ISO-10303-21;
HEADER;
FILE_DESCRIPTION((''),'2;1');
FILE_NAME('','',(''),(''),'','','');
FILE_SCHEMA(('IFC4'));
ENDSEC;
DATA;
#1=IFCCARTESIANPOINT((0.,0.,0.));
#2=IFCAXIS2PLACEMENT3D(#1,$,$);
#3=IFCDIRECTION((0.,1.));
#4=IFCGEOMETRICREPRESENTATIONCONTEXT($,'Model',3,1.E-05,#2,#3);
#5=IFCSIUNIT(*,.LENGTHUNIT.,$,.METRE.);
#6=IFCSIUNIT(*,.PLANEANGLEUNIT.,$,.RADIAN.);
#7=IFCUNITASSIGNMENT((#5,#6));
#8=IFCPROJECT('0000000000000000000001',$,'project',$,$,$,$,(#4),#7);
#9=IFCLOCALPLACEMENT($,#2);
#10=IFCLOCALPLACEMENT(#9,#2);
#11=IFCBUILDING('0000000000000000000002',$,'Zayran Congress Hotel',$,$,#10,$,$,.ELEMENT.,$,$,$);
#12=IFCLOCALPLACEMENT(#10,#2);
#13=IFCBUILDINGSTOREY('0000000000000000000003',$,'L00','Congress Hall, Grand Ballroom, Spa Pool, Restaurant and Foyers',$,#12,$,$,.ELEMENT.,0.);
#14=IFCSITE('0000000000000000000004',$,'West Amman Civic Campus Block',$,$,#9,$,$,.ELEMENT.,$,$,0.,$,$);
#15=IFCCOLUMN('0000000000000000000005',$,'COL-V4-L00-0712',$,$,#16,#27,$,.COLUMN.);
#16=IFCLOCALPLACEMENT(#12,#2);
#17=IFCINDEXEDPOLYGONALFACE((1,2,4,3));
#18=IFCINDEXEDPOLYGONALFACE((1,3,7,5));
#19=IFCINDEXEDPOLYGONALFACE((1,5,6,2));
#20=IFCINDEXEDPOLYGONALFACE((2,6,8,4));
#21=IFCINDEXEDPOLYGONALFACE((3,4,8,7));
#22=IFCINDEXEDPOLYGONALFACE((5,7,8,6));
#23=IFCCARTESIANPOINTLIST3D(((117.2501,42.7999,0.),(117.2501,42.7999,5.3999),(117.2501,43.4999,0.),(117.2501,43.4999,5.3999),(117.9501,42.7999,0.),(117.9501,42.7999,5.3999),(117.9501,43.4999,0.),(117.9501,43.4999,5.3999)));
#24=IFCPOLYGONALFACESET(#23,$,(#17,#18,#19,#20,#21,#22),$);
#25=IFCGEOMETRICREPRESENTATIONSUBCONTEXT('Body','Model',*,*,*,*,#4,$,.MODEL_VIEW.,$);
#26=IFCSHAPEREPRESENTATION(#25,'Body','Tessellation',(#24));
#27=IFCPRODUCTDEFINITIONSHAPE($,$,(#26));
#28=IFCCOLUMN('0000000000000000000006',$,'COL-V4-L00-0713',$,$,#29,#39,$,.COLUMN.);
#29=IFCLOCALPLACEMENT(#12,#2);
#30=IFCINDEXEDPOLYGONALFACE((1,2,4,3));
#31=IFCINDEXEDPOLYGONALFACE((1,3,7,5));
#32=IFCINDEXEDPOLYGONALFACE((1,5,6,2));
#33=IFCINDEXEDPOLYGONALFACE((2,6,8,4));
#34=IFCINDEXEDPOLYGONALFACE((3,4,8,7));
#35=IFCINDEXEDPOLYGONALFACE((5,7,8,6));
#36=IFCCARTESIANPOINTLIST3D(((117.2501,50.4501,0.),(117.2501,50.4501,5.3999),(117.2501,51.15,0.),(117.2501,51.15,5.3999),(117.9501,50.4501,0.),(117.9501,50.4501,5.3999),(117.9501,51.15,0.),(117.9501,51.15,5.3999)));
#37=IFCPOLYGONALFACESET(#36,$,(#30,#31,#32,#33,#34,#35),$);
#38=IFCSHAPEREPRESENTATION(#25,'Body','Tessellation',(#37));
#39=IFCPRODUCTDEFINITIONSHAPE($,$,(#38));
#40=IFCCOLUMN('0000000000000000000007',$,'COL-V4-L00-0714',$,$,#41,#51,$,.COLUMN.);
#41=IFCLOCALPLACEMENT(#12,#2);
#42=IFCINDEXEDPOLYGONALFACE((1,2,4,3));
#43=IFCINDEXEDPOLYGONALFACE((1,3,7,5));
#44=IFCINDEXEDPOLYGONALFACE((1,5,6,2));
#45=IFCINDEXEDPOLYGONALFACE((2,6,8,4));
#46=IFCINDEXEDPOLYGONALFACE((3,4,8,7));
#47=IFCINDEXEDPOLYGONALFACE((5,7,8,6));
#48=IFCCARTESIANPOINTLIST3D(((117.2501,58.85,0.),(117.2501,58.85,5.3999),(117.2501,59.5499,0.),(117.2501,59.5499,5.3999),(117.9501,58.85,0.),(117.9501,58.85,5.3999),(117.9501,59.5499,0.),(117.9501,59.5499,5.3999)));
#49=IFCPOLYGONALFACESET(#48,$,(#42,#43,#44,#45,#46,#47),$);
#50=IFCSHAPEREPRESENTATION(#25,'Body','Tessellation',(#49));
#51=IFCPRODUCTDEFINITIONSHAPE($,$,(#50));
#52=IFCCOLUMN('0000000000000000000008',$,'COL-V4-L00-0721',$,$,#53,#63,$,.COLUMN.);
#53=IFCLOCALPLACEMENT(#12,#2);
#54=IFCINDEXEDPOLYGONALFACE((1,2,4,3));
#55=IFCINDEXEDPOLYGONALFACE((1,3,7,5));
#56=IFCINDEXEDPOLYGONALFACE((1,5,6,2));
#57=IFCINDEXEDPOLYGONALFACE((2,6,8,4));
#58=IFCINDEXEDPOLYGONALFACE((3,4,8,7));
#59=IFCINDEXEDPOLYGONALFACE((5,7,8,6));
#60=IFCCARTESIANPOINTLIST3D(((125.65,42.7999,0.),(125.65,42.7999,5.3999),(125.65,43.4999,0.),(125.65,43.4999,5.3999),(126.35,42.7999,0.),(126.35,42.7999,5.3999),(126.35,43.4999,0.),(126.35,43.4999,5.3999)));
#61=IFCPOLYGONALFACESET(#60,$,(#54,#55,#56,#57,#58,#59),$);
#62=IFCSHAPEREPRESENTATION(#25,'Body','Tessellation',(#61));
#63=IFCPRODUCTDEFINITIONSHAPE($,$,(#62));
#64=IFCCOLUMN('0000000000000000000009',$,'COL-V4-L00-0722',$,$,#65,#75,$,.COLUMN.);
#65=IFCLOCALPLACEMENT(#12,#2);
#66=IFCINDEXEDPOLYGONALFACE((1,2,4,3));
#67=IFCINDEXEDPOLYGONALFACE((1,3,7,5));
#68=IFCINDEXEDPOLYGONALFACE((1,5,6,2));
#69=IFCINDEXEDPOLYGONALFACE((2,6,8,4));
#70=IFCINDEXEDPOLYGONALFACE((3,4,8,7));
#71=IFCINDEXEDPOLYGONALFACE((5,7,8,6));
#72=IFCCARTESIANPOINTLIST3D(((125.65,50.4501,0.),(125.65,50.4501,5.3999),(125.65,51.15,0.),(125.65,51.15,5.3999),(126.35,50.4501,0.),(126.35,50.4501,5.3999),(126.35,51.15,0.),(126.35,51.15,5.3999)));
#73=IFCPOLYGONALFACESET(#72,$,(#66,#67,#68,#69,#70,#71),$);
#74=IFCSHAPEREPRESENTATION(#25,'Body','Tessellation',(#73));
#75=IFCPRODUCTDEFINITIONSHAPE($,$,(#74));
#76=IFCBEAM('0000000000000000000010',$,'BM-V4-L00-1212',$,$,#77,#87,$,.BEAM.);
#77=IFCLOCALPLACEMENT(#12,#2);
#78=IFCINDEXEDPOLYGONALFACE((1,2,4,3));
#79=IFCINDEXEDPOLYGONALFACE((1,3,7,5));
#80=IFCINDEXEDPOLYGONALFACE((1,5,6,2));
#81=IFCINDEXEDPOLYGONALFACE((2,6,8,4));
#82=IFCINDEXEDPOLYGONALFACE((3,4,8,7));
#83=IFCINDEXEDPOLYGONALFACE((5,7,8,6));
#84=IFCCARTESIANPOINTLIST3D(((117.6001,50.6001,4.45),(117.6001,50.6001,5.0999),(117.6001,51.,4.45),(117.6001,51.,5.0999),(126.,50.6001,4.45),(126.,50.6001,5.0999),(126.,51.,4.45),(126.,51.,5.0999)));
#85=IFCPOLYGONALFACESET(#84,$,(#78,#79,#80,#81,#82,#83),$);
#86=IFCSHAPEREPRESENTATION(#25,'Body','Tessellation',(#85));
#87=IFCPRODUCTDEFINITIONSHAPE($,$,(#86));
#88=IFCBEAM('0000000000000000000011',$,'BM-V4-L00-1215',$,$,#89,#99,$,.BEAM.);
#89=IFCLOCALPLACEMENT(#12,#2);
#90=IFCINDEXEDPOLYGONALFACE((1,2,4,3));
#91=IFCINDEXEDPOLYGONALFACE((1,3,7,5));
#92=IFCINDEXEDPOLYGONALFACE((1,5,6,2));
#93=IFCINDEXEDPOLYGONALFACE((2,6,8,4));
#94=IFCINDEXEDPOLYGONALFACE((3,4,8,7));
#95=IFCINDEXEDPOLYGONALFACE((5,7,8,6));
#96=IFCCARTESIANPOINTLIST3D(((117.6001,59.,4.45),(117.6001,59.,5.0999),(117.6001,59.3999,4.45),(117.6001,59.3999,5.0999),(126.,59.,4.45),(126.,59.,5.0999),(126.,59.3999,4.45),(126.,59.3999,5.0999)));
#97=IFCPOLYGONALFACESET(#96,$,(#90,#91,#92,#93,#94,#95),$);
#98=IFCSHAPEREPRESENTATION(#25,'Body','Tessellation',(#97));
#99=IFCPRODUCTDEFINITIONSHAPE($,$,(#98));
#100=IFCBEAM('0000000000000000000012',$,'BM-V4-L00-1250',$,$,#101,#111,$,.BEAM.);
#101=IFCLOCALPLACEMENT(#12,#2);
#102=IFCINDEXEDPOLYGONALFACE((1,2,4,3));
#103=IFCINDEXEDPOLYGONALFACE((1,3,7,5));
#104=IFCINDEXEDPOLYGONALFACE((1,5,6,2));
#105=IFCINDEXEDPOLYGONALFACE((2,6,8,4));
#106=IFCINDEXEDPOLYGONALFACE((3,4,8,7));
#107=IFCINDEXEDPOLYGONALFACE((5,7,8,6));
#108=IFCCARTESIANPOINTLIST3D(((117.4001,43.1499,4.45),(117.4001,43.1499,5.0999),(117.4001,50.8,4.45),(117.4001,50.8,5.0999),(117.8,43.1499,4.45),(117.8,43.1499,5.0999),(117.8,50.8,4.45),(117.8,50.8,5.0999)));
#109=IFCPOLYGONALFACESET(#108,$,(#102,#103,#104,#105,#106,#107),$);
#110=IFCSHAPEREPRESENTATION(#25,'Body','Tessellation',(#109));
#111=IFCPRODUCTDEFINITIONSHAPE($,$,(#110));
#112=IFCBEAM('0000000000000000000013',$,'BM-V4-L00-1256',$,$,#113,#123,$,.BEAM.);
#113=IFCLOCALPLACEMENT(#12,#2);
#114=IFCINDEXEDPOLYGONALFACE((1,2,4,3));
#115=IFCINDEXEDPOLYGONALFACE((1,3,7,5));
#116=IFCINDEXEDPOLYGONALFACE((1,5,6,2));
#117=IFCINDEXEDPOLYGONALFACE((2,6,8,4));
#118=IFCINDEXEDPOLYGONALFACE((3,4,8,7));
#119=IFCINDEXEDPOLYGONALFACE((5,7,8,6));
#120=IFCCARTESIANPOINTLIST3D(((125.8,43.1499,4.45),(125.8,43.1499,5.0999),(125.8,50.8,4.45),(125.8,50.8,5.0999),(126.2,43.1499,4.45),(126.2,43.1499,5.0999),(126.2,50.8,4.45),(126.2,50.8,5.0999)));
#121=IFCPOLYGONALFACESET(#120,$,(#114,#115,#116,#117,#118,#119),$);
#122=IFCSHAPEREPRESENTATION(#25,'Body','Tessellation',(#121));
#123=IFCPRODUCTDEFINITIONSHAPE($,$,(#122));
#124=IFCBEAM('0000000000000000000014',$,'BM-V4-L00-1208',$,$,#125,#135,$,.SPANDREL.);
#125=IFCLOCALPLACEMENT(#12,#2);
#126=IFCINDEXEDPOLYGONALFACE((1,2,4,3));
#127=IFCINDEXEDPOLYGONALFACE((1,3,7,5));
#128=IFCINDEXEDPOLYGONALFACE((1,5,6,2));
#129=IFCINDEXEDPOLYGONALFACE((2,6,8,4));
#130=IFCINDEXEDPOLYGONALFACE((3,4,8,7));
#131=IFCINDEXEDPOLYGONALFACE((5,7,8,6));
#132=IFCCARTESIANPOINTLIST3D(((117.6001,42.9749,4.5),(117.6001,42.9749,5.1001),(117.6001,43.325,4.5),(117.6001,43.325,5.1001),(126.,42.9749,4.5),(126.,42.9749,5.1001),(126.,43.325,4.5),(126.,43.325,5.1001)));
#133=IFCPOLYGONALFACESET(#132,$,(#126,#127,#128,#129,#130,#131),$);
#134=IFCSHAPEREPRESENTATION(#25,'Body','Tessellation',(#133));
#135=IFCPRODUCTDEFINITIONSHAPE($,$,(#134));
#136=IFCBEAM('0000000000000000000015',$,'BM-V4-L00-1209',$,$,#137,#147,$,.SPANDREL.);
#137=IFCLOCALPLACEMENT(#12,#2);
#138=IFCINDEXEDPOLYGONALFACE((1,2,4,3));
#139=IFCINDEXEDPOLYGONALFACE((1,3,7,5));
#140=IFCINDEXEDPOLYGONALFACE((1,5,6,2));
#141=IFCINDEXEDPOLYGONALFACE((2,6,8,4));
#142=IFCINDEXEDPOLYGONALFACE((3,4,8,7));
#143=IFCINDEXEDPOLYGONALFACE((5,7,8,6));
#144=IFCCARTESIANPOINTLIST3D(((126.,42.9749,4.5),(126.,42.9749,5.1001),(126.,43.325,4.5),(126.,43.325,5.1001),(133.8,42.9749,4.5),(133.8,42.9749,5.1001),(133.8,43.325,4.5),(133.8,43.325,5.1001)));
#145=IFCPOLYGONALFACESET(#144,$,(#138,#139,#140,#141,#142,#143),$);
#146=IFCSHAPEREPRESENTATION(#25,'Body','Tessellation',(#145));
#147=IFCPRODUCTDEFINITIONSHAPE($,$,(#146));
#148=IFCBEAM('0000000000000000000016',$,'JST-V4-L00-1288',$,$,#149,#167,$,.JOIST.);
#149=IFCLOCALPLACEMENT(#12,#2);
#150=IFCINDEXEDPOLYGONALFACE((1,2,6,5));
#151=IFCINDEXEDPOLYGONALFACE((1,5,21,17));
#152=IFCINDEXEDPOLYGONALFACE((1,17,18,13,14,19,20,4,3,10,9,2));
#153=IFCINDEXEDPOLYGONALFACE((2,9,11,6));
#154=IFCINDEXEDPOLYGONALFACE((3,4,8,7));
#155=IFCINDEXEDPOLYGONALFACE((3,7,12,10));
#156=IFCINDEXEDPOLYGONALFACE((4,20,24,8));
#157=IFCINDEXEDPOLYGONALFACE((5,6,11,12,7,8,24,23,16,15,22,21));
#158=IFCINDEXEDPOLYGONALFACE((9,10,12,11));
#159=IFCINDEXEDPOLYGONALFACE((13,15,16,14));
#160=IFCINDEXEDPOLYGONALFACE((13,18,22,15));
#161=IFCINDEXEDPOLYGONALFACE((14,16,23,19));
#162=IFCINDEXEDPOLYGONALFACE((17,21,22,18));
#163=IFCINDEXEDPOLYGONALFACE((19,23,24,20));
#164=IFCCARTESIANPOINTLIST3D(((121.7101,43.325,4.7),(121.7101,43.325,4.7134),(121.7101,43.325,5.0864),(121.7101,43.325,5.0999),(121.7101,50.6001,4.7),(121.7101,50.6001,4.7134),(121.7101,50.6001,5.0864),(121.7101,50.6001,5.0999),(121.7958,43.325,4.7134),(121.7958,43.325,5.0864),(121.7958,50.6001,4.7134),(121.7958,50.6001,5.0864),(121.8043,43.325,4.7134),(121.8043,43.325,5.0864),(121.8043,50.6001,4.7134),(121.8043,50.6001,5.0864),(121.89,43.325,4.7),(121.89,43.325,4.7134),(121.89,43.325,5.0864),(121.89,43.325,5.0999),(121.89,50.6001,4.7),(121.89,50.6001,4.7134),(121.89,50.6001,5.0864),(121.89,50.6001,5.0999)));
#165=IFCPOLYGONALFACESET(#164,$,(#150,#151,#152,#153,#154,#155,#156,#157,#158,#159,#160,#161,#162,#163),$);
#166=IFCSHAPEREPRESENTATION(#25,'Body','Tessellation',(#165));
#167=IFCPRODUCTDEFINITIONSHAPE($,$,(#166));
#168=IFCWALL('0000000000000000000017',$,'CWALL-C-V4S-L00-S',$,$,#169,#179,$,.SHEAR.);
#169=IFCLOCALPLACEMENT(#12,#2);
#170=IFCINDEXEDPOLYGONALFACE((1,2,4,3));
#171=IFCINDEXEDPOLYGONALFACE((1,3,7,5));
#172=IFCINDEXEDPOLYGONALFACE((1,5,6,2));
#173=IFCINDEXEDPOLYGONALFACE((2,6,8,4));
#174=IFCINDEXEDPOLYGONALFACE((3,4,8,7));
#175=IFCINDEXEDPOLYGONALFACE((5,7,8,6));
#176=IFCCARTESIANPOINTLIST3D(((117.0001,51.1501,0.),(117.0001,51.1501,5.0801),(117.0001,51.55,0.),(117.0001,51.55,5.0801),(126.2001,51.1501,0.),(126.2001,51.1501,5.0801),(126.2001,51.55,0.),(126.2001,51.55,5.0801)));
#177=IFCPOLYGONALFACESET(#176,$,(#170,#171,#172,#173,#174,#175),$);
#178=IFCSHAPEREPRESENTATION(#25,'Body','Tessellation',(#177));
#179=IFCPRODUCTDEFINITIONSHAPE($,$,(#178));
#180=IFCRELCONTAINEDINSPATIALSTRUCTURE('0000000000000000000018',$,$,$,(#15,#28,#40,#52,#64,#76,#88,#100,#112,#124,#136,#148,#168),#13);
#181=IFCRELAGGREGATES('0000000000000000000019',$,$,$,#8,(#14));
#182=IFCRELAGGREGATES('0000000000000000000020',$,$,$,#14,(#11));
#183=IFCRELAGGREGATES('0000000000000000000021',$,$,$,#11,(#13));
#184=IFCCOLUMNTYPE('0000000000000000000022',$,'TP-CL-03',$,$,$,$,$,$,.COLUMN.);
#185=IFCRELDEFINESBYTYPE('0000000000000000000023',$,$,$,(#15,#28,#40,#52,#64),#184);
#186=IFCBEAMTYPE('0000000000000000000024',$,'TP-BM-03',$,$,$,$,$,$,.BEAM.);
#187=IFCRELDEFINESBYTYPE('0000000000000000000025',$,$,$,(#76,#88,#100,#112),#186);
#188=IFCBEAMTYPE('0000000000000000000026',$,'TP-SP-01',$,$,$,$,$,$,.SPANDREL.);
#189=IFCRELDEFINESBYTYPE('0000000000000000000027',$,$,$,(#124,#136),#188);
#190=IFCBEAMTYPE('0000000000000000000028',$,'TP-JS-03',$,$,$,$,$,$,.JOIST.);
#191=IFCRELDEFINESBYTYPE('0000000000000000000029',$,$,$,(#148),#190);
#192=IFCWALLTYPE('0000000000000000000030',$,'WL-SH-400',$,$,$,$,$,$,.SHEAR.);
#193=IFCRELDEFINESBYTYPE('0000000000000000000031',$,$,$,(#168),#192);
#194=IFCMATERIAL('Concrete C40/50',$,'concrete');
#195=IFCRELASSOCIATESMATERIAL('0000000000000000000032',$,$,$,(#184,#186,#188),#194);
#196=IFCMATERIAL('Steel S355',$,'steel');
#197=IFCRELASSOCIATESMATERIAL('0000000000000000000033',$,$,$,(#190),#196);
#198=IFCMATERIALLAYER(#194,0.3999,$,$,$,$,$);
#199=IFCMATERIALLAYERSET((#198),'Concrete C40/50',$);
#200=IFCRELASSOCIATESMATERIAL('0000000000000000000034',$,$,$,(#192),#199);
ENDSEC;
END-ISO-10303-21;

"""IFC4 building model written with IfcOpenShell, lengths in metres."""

from ifc_helpers import new_model, si_unit, direction, frame, frame_2d, origin, origin_2d, place, context, subcontext, project, spatial, rectangle, i_section, extrude, material, layer, layer_set, material_profile, profile_set, type_object, element, save


model = new_model("IFC4")

# Units and contexts
model_context = context("Model", 3, precision=1e-05, world=origin(), true_north=direction((0.0, 1.0)))
body_context = subcontext(model_context, "Body", "Model", "MODEL_VIEW")
ifc_project = project(units=[si_unit("LENGTHUNIT", "METRE"), si_unit("PLANEANGLEUNIT", "RADIAN")], contexts=[model_context])

# Site, building, storey
site_placement = place(None, origin())
site = spatial("IfcSite", under=ifc_project, at=site_placement, Name="West Amman Civic Campus Block", CompositionType="ELEMENT", RefElevation=0.0)
building_placement = place(site_placement, origin())
building = spatial("IfcBuilding", under=site, at=building_placement, Name="Zayran Congress Hotel", CompositionType="ELEMENT")
storey_placement = place(building_placement, origin())
storey = spatial("IfcBuildingStorey", under=building, at=storey_placement, Name="L00", Description="Congress Hall, Grand Ballroom, Spa Pool, Restaurant and Foyers", CompositionType="ELEMENT", Elevation=0.0)

# Columns
ifc_material_1 = material(Name="Concrete C40/50", Category="concrete")
ifc_material_profile_1 = material_profile(ifc_material_1, rectangle(XDim=0.7, YDim=0.7, at=origin_2d()), Name="RC 700x700")
ifc_profile_set_1 = profile_set([ifc_material_profile_1], Name="Concrete C40/50")
column_type = type_object("IfcColumnType", Name="TP-CL-03", PredefinedType="COLUMN", material=ifc_profile_set_1)
for number, where, z_axis, x_axis, name in (
    (1, (117.6001, 43.1499, 0.0), (0.0, 0.0, 1.0), (1.0, 0.0, 0.0), "COL-V4-L00-0712"),
    (2, (117.6001, 50.8, 0.0), (0.0, 0.0, 1.0), (1.0, 0.0, 0.0), "COL-V4-L00-0713"),
    (3, (117.6001, 59.2, 0.0), (0.0, 0.0, 1.0), (1.0, 0.0, 0.0), "COL-V4-L00-0714"),
    (4, (126.0, 43.1499, 0.0), (0.0, 0.0, 1.0), (1.0, 0.0, 0.0), "COL-V4-L00-0721"),
    (5, (126.0, 50.8, 0.0), (0.0, 0.0, 1.0), (1.0, 0.0, 0.0), "COL-V4-L00-0722"),
):
    element("IfcColumn", number, at=place(storey_placement, frame(where, z_axis=z_axis, x_axis=x_axis)), inside=storey, type_object=column_type, Name=name, PredefinedType="COLUMN", context=body_context, shape_type="SweptSolid", body=[
        extrude(rectangle(XDim=0.7, YDim=0.7, at=origin_2d()), origin(), (0.0, 0.0, 1.0), 5.3999),
    ])

# Beams
ifc_material_profile_2 = material_profile(ifc_material_1, rectangle(XDim=0.3999, YDim=0.6499, at=origin_2d()), Name="RC 400x650")
ifc_profile_set_2 = profile_set([ifc_material_profile_2], Name="Concrete C40/50")
beam_type_1 = type_object("IfcBeamType", Name="TP-BM-03", PredefinedType="BEAM", material=ifc_profile_set_2)
for number, where, z_axis, x_axis, name in (
    (6, (117.6001, 50.8, 4.7749), (1.0, 0.0, 0.0), (0.0, 1.0, 0.0), "BM-V4-L00-1212"),
    (7, (117.6001, 59.2, 4.7749), (1.0, 0.0, 0.0), (0.0, 1.0, 0.0), "BM-V4-L00-1215"),
):
    element("IfcBeam", number, at=place(storey_placement, frame(where, z_axis=z_axis, x_axis=x_axis)), inside=storey, type_object=beam_type_1, Name=name, PredefinedType="BEAM", context=body_context, shape_type="SweptSolid", body=[
        extrude(rectangle(XDim=0.3999, YDim=0.6499, at=origin_2d()), origin(), (0.0, 0.0, 1.0), 8.3999),
    ])
for number, where, z_axis, x_axis, name in (
    (8, (117.6001, 43.1499, 4.7749), (0.0, 1.0, 0.0), (-1.0, 0.0, 0.0), "BM-V4-L00-1250"),
    (9, (126.0, 43.1499, 4.7749), (0.0, 1.0, 0.0), (-1.0, 0.0, 0.0), "BM-V4-L00-1256"),
):
    element("IfcBeam", number, at=place(storey_placement, frame(where, z_axis=z_axis, x_axis=x_axis)), inside=storey, type_object=beam_type_1, Name=name, PredefinedType="BEAM", context=body_context, shape_type="SweptSolid", body=[
        extrude(rectangle(XDim=0.3999, YDim=0.6499, at=origin_2d()), origin(), (0.0, 0.0, 1.0), 7.6501),
    ])
ifc_material_profile_3 = material_profile(ifc_material_1, rectangle(XDim=0.3501, YDim=0.6001, at=origin_2d()), Name="RC 350x600")
ifc_profile_set_3 = profile_set([ifc_material_profile_3], Name="Concrete C40/50")
beam_type_2 = type_object("IfcBeamType", Name="TP-SP-01", PredefinedType="SPANDREL", material=ifc_profile_set_3)
beam_1_placement = place(storey_placement, frame((117.6001, 43.1499, 4.8), z_axis=(1.0, 0.0, 0.0), x_axis=(0.0, 1.0, 0.0)))
element("IfcBeam", 10, at=beam_1_placement, inside=storey, type_object=beam_type_2, Name="BM-V4-L00-1208", PredefinedType="SPANDREL", context=body_context, shape_type="SweptSolid", body=[
    extrude(rectangle(XDim=0.3501, YDim=0.6001, at=origin_2d()), origin(), (0.0, 0.0, 1.0), 8.3999),
])
beam_2_placement = place(storey_placement, frame((126.0, 43.1499, 4.8), z_axis=(1.0, 0.0, 0.0), x_axis=(0.0, 1.0, 0.0)))
element("IfcBeam", 11, at=beam_2_placement, inside=storey, type_object=beam_type_2, Name="BM-V4-L00-1209", PredefinedType="SPANDREL", context=body_context, shape_type="SweptSolid", body=[
    extrude(rectangle(XDim=0.3501, YDim=0.6001, at=origin_2d()), origin(), (0.0, 0.0, 1.0), 7.8),
])
ifc_material_2 = material(Name="Steel S355", Category="steel")
ifc_material_profile_4 = material_profile(ifc_material_2, i_section(OverallWidth=0.1799, OverallDepth=0.3999, WebThickness=0.0085, FlangeThickness=0.0134, at=origin_2d()), Name="IPE 400")
ifc_profile_set_4 = profile_set([ifc_material_profile_4], Name="Steel S355")
beam_type_3 = type_object("IfcBeamType", Name="TP-JS-03", PredefinedType="JOIST", material=ifc_profile_set_4)
beam_3_placement = place(storey_placement, frame((121.8, 43.325, 4.8999), z_axis=(0.0, 1.0, 0.0), x_axis=(-1.0, 0.0, 0.0)))
element("IfcBeam", 12, at=beam_3_placement, inside=storey, type_object=beam_type_3, Name="JST-V4-L00-1288", PredefinedType="JOIST", context=body_context, shape_type="SweptSolid", body=[
    extrude(i_section(OverallWidth=0.1799, OverallDepth=0.3999, WebThickness=0.0085, FlangeThickness=0.0134, at=origin_2d()), origin(), (0.0, 0.0, 1.0), 7.2751),
])

# Wall
ifc_layer_1 = layer(ifc_material_1, 0.3999)
ifc_layer_set_1 = layer_set([ifc_layer_1], Name="Concrete C40/50")
wall_type_1 = type_object("IfcWallType", Name="WL-SH-400", PredefinedType="SHEAR", material=ifc_layer_set_1)
wall_1_placement = place(storey_placement, frame((117.0, 51.3501, 0.0), z_axis=(0.0, 0.0, 1.0), x_axis=(1.0, 0.0, 0.0)))
element("IfcWall", 13, at=wall_1_placement, inside=storey, type_object=wall_type_1, Name="CWALL-C-V4S-L00-S", PredefinedType="SHEAR", context=body_context, shape_type="SweptSolid", body=[
    extrude(rectangle(XDim=9.2, YDim=0.3999, at=frame_2d((4.6001, 0.0))), origin(), (0.0, 0.0, 1.0), 5.0801),
])

save(model, "model.ifc")
